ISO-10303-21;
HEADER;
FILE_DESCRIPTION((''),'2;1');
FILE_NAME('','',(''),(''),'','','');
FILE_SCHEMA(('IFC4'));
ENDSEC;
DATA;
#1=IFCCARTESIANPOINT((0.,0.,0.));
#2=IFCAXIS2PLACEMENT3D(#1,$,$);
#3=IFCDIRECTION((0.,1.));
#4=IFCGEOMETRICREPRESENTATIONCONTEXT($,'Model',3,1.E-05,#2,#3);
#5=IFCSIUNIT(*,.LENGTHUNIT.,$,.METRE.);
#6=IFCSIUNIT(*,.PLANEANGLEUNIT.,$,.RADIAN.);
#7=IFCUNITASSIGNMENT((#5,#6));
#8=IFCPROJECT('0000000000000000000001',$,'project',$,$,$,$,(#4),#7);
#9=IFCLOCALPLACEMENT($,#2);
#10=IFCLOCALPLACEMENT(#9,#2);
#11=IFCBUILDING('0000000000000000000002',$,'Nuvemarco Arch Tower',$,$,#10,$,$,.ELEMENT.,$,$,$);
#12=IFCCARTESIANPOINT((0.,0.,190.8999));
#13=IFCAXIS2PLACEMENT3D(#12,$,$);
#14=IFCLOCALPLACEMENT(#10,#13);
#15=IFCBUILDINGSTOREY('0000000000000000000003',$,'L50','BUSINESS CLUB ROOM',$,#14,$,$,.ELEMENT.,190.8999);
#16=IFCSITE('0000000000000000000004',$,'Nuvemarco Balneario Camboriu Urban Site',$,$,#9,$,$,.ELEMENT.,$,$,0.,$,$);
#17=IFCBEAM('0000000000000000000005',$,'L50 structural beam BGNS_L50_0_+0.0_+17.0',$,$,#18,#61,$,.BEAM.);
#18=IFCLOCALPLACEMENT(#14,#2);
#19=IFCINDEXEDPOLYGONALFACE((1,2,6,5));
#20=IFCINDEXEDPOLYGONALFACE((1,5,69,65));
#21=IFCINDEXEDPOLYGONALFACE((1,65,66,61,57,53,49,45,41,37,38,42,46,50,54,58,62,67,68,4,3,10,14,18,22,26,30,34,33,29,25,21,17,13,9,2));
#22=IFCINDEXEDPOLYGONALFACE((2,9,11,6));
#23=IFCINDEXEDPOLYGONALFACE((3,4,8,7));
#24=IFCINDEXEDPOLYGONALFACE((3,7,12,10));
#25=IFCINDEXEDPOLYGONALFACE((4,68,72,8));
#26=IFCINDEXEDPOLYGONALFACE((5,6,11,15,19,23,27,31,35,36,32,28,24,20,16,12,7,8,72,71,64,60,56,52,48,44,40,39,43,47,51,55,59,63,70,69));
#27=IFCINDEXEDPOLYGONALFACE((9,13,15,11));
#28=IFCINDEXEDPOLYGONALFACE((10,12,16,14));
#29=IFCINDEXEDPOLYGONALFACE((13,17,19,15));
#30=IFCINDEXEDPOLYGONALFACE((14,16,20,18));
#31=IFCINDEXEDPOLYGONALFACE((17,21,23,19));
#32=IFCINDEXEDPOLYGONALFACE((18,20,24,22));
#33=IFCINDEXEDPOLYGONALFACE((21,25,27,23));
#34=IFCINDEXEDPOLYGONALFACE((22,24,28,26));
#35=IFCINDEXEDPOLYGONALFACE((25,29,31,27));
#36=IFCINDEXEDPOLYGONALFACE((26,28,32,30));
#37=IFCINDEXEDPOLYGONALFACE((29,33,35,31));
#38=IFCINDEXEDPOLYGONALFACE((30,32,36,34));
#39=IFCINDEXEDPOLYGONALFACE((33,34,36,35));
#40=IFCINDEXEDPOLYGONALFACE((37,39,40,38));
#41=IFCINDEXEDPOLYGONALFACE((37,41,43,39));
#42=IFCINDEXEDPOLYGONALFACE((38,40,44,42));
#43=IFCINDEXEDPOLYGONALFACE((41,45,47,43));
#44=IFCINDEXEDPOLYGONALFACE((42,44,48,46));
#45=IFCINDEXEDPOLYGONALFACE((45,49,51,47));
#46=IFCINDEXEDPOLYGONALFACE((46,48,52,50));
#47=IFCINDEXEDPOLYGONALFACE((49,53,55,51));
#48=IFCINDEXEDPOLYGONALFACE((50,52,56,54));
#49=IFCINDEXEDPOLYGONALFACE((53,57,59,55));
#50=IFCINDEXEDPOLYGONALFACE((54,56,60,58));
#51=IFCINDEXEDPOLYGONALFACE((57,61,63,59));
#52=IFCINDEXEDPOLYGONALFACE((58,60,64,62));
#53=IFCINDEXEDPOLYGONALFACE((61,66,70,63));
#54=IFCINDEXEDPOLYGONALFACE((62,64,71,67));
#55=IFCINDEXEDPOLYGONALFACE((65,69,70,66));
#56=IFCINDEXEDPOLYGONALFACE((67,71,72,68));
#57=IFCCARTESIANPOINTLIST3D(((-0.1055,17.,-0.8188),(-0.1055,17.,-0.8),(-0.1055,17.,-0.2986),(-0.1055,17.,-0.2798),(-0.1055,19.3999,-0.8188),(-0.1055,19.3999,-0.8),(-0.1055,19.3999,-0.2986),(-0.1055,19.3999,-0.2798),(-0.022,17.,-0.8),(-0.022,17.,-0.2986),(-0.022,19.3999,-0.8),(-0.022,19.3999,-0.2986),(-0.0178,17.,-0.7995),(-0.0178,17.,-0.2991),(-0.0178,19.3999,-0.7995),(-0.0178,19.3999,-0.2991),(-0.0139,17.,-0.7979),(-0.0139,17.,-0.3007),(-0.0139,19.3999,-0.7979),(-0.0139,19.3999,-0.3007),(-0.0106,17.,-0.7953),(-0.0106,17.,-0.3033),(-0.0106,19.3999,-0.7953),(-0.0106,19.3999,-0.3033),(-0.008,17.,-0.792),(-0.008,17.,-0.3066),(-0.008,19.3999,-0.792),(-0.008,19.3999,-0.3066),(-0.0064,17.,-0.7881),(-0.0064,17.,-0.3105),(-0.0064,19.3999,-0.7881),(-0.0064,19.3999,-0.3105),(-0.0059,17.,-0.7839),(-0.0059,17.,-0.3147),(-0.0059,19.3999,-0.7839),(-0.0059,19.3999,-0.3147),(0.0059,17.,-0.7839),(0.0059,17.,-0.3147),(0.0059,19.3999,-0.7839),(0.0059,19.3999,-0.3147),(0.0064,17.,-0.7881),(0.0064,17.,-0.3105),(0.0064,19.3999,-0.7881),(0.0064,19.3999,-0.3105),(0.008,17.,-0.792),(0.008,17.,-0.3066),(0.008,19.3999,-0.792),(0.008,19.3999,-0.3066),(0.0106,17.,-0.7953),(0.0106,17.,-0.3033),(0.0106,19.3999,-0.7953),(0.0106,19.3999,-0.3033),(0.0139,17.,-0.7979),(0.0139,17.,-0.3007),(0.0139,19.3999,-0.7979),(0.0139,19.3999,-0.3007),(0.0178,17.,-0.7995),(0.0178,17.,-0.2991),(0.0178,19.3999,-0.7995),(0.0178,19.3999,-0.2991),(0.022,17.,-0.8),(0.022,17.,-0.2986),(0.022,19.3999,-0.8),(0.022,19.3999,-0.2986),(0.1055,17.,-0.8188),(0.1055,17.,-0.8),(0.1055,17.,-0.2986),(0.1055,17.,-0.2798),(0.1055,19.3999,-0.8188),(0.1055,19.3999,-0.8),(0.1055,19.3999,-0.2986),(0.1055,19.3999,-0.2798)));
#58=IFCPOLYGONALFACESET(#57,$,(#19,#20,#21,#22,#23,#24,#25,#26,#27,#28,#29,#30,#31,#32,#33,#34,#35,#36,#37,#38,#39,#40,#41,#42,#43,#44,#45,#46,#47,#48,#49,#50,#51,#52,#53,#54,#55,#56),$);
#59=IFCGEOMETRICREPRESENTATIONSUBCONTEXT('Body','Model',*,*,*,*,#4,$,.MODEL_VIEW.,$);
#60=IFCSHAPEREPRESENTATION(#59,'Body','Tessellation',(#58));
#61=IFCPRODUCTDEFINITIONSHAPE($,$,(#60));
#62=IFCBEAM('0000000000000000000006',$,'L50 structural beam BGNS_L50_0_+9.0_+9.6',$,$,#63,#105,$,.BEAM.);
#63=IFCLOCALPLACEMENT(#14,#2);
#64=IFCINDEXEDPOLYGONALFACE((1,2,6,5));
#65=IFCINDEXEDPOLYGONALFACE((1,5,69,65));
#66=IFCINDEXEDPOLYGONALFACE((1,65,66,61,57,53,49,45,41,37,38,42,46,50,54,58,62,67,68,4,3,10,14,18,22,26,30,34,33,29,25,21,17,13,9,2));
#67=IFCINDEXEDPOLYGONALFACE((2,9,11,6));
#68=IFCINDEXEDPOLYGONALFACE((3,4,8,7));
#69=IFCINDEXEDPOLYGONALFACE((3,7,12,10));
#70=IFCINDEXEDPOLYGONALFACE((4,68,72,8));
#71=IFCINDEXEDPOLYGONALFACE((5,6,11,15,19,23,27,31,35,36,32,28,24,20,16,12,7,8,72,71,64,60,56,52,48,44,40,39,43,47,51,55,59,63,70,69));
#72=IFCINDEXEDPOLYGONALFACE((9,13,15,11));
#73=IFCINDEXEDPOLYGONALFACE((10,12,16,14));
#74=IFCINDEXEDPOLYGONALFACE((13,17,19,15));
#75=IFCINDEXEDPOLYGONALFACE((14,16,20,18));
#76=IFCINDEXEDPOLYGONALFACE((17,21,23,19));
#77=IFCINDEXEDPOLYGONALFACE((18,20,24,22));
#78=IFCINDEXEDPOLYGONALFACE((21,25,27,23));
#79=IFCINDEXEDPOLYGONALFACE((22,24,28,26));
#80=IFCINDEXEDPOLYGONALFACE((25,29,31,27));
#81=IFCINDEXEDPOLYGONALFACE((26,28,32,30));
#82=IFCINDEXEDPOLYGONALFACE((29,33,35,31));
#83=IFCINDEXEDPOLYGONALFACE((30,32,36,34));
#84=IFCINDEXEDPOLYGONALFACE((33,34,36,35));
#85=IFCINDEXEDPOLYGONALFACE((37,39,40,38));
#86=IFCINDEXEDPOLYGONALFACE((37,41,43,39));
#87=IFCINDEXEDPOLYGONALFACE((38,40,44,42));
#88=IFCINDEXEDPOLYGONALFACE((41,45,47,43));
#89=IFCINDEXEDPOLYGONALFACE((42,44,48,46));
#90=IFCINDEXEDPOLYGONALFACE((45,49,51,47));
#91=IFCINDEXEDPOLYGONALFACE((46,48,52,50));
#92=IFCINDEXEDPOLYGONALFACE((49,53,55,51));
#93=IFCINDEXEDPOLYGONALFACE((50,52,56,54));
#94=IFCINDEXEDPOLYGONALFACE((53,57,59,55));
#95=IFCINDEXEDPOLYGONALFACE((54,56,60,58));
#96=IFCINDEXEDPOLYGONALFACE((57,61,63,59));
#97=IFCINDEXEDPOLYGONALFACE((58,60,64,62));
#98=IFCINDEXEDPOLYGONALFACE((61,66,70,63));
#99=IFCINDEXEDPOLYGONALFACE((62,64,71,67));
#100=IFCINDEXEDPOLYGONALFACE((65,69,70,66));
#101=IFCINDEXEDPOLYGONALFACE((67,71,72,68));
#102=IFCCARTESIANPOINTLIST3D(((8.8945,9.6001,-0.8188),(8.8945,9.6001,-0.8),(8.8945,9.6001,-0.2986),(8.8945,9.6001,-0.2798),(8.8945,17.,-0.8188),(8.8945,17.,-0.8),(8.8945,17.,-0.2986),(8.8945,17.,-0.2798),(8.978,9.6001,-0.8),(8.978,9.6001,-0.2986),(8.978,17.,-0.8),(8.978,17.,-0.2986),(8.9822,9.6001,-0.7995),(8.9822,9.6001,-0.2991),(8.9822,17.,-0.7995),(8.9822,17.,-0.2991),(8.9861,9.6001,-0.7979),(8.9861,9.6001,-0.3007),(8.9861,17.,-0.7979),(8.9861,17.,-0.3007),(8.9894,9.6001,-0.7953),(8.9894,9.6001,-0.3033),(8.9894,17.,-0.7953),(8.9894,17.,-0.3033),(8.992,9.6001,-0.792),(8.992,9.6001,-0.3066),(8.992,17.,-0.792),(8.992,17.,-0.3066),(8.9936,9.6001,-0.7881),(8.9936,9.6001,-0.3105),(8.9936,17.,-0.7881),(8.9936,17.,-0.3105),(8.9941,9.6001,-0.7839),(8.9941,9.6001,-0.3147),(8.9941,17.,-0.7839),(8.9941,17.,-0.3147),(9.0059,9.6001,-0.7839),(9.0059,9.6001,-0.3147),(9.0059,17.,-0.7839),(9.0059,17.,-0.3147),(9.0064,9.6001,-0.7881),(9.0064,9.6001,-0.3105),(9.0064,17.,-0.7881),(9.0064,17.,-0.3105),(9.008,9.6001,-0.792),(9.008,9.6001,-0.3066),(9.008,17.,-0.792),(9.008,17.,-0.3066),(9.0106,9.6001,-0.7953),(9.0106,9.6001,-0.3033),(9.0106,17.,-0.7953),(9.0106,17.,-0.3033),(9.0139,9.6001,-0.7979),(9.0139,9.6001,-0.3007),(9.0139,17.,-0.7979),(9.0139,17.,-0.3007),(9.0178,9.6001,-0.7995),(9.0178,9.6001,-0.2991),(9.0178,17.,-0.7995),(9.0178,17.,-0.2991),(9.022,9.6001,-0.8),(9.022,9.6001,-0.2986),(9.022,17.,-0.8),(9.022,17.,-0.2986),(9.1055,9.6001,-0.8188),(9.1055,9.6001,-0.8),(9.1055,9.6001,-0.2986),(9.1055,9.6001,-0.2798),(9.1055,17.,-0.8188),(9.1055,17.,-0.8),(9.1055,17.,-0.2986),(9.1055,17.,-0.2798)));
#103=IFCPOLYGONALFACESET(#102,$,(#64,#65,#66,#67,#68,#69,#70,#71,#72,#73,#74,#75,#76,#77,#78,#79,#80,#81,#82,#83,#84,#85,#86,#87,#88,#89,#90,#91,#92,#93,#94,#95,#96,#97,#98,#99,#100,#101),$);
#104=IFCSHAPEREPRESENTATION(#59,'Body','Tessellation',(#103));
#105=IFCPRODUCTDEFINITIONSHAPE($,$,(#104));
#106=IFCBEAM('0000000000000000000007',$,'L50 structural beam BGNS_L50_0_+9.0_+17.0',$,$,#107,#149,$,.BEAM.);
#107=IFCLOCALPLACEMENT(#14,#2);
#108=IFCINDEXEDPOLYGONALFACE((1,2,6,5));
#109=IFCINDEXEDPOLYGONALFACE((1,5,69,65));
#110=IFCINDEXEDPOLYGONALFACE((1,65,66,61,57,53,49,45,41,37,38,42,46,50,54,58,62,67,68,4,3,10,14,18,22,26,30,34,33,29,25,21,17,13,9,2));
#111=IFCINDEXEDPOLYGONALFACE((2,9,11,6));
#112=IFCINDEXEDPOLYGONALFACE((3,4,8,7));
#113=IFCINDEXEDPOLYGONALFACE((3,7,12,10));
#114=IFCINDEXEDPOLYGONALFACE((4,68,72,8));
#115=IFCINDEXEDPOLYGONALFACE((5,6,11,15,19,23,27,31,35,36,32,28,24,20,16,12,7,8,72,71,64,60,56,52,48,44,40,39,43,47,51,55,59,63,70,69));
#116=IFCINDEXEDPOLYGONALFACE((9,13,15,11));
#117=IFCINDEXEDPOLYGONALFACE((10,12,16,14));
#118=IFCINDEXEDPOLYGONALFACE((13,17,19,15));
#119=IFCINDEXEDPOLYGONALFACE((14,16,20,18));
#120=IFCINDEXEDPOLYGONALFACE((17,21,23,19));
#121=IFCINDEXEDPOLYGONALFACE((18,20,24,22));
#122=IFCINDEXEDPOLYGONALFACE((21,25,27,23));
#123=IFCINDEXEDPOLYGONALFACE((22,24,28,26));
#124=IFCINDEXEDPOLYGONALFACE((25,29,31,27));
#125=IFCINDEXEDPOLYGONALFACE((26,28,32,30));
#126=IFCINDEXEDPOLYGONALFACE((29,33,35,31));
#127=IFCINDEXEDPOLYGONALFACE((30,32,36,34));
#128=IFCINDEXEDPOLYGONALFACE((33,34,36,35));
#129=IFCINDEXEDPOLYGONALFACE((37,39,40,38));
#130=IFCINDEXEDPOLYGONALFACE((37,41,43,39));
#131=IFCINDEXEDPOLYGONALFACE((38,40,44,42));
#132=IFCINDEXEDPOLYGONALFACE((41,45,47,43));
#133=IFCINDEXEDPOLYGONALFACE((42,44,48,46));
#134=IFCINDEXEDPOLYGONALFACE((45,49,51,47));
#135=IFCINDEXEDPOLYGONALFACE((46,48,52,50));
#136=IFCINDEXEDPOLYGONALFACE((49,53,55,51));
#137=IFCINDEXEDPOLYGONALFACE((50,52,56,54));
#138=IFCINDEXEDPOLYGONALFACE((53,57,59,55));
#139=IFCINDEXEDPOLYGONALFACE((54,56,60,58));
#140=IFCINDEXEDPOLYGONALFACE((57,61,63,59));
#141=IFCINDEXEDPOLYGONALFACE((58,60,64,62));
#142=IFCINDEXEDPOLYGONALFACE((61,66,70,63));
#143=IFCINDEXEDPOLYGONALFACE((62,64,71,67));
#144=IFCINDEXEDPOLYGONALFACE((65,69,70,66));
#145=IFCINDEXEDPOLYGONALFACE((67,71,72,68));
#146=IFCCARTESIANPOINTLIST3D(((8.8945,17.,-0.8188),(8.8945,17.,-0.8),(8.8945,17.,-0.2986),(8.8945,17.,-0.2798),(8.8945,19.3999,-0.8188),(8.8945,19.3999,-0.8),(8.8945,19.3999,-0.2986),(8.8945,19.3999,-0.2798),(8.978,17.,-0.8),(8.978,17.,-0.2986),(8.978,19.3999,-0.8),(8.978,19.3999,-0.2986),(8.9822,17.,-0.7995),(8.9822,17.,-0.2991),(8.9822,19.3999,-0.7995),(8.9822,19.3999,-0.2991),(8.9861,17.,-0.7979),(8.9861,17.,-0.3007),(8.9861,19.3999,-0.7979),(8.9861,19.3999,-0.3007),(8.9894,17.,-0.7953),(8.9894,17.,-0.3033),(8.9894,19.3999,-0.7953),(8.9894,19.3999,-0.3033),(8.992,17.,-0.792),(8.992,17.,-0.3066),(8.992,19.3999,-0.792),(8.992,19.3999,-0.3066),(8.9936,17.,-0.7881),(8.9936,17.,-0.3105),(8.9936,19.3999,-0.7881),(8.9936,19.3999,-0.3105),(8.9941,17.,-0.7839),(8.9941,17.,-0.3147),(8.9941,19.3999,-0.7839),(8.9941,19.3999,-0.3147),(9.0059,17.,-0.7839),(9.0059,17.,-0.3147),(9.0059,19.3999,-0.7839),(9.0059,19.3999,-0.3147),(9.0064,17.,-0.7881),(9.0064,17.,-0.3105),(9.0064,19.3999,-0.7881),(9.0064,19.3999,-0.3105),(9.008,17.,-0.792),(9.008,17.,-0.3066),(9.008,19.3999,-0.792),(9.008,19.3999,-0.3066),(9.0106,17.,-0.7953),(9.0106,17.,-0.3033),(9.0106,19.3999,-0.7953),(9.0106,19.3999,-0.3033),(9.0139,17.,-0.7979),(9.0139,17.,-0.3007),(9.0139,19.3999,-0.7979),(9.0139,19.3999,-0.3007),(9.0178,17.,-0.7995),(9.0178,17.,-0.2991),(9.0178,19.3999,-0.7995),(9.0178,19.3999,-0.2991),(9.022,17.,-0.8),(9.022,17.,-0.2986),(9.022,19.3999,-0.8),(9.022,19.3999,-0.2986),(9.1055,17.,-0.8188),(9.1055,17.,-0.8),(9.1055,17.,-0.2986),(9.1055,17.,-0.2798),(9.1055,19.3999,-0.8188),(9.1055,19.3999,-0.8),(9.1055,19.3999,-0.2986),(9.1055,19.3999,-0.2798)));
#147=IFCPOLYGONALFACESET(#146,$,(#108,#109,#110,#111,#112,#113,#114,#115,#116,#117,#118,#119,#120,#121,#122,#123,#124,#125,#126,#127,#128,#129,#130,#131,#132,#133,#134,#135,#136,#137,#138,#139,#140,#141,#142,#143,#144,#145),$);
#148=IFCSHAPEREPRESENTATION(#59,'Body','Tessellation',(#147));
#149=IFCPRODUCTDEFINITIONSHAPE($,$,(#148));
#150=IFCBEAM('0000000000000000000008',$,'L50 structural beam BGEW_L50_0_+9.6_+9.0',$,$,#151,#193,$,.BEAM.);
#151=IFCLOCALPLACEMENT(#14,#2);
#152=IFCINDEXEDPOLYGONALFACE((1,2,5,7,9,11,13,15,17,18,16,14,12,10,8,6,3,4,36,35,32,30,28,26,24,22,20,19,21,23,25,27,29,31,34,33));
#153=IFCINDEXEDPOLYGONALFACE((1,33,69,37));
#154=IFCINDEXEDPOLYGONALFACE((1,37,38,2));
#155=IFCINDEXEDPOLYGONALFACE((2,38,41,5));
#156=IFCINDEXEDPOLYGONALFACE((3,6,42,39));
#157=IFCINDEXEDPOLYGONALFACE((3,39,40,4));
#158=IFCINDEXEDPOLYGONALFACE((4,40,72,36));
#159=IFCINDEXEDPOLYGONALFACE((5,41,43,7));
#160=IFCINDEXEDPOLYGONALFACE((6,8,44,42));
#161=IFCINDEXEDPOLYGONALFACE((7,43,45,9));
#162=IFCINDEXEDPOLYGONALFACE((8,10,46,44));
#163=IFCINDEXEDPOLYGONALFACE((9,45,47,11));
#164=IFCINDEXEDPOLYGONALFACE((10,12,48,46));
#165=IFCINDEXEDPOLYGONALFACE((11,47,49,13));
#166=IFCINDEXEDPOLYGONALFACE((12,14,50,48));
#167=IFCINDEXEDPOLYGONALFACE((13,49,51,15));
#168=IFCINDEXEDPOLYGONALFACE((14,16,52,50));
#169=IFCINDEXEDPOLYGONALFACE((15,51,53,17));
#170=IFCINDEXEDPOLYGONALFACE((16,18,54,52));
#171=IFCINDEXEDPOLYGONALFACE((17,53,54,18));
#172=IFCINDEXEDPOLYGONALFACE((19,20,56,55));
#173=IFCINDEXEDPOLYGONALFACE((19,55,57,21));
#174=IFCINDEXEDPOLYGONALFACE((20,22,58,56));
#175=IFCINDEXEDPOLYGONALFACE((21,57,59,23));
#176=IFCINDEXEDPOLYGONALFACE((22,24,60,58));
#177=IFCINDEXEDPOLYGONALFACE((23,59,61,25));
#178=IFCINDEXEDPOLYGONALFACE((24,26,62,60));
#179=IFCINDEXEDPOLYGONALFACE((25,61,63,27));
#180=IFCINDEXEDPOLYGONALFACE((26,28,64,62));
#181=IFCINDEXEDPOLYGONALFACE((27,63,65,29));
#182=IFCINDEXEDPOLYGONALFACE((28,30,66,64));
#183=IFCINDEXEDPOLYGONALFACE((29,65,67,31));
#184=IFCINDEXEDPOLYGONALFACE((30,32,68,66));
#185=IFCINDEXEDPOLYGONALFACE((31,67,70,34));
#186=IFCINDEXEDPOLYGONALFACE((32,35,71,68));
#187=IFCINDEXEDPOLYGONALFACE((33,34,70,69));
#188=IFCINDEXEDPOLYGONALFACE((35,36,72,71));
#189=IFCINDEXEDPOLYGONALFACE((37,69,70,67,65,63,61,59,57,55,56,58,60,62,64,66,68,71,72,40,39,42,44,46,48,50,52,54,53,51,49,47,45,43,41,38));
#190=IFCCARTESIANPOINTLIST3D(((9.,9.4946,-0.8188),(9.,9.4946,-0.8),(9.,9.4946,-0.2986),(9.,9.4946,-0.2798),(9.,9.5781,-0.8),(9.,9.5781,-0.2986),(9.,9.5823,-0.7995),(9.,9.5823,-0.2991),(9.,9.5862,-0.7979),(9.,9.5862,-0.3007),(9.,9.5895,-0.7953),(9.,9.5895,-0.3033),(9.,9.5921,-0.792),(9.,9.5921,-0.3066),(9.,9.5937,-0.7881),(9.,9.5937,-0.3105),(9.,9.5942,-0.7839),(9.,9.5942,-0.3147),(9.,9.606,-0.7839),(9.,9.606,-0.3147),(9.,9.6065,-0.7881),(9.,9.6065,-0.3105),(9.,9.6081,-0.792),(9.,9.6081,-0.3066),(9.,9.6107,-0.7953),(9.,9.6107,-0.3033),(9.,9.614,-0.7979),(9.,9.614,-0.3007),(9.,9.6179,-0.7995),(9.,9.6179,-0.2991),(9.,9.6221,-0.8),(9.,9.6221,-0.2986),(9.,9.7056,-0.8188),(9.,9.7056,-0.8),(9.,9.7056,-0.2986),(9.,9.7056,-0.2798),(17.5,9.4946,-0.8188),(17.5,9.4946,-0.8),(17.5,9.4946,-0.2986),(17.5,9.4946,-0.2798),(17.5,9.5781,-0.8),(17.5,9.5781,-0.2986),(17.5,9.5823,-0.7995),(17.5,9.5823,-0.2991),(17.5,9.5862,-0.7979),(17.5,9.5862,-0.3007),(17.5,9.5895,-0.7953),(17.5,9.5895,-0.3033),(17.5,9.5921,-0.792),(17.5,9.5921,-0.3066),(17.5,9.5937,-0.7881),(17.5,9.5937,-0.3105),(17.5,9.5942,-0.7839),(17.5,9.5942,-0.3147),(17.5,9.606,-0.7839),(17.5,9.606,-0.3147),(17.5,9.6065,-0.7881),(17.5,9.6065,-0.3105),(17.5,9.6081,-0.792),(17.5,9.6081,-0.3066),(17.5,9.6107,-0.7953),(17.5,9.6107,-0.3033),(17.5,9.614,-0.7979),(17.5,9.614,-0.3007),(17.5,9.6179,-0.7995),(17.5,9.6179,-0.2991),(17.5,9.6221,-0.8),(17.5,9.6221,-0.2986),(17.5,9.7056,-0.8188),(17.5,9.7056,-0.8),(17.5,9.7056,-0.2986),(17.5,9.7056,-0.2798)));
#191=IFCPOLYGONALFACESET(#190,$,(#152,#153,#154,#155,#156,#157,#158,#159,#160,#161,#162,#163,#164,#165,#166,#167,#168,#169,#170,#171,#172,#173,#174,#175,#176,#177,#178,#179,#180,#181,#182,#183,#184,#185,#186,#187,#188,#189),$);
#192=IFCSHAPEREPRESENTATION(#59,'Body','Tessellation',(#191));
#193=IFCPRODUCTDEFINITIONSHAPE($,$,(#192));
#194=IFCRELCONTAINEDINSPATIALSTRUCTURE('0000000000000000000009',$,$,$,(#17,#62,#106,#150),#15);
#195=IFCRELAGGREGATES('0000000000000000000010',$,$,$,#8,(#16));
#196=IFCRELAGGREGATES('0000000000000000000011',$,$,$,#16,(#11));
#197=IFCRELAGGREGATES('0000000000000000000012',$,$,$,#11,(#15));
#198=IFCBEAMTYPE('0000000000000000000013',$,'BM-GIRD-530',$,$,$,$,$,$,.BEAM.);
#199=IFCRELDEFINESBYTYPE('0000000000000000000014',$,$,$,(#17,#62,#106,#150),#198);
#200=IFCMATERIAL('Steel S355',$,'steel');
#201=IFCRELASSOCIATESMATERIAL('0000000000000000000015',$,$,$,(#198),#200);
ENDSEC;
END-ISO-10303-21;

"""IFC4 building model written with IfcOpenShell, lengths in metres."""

from ifc_helpers import new_model, si_unit, direction, frame, origin, origin_2d, place, context, subcontext, project, spatial, i_section, extrude, material, material_profile, profile_set, type_object, element, save


model = new_model("IFC4")

# Units and contexts
model_context = context("Model", 3, precision=1e-05, world=origin(), true_north=direction((0.0, 1.0)))
body_context = subcontext(model_context, "Body", "Model", "MODEL_VIEW")
ifc_project = project(units=[si_unit("LENGTHUNIT", "METRE"), si_unit("PLANEANGLEUNIT", "RADIAN")], contexts=[model_context])

# Site, building, storey
site_placement = place(None, origin())
site = spatial("IfcSite", under=ifc_project, at=site_placement, Name="Nuvemarco Balneario Camboriu Urban Site", CompositionType="ELEMENT", RefElevation=0.0)
building_placement = place(site_placement, origin())
building = spatial("IfcBuilding", under=site, at=building_placement, Name="Nuvemarco Arch Tower", CompositionType="ELEMENT")
storey_placement = place(building_placement, frame((0.0, 0.0, 190.8999)))
storey = spatial("IfcBuildingStorey", under=building, at=storey_placement, Name="L50", Description="BUSINESS CLUB ROOM", CompositionType="ELEMENT", Elevation=190.8999)

# Shared definitions
ifc_material_1 = material(Name="Steel S355", Category="steel")

# Beams
ifc_material_profile_1 = material_profile(ifc_material_1, i_section(OverallWidth=0.2109, OverallDepth=0.5391, WebThickness=0.0117, FlangeThickness=0.0188, FilletRadius=0.0161, at=origin_2d()), Name="W530x109")
ifc_profile_set_1 = profile_set([ifc_material_profile_1], Name="Steel S355")
beam_type_1 = type_object("IfcBeamType", Name="BM-GIRD-530", PredefinedType="BEAM", material=ifc_profile_set_1)
beam_1_placement = place(storey_placement, frame((0.0, 17.0, -0.5493), z_axis=(0.0, 1.0, 0.0), x_axis=(-1.0, 0.0, 0.0)))
element("IfcBeam", 1, at=beam_1_placement, inside=storey, type_object=beam_type_1, Name="L50 structural beam BGNS_L50_0_+0.0_+17.0", PredefinedType="BEAM", context=body_context, shape_type="SweptSolid", body=[
    extrude(i_section(OverallWidth=0.2109, OverallDepth=0.5391, WebThickness=0.0117, FlangeThickness=0.0188, FilletRadius=0.0161, at=origin_2d()), origin(), (0.0, 0.0, 1.0), 2.3999),
])
beam_2_placement = place(storey_placement, frame((9.0, 9.6001, -0.5493), z_axis=(0.0, 1.0, 0.0), x_axis=(-1.0, 0.0, 0.0)))
element("IfcBeam", 2, at=beam_2_placement, inside=storey, type_object=beam_type_1, Name="L50 structural beam BGNS_L50_0_+9.0_+9.6", PredefinedType="BEAM", context=body_context, shape_type="SweptSolid", body=[
    extrude(i_section(OverallWidth=0.2109, OverallDepth=0.5391, WebThickness=0.0117, FlangeThickness=0.0188, FilletRadius=0.0161, at=origin_2d()), origin(), (0.0, 0.0, 1.0), 7.3999),
])
beam_3_placement = place(storey_placement, frame((9.0, 17.0, -0.5493), z_axis=(0.0, 1.0, 0.0), x_axis=(-1.0, 0.0, 0.0)))
element("IfcBeam", 3, at=beam_3_placement, inside=storey, type_object=beam_type_1, Name="L50 structural beam BGNS_L50_0_+9.0_+17.0", PredefinedType="BEAM", context=body_context, shape_type="SweptSolid", body=[
    extrude(i_section(OverallWidth=0.2109, OverallDepth=0.5391, WebThickness=0.0117, FlangeThickness=0.0188, FilletRadius=0.0161, at=origin_2d()), origin(), (0.0, 0.0, 1.0), 2.3999),
])
beam_4_placement = place(storey_placement, frame((9.0, 9.6001, -0.5493), z_axis=(1.0, 0.0, 0.0), x_axis=(0.0, 1.0, 0.0)))
element("IfcBeam", 4, at=beam_4_placement, inside=storey, type_object=beam_type_1, Name="L50 structural beam BGEW_L50_0_+9.6_+9.0", PredefinedType="BEAM", context=body_context, shape_type="SweptSolid", body=[
    extrude(i_section(OverallWidth=0.2109, OverallDepth=0.5391, WebThickness=0.0117, FlangeThickness=0.0188, FilletRadius=0.0161, at=origin_2d()), origin(), (0.0, 0.0, 1.0), 8.5),
])

save(model, "model.ifc")
